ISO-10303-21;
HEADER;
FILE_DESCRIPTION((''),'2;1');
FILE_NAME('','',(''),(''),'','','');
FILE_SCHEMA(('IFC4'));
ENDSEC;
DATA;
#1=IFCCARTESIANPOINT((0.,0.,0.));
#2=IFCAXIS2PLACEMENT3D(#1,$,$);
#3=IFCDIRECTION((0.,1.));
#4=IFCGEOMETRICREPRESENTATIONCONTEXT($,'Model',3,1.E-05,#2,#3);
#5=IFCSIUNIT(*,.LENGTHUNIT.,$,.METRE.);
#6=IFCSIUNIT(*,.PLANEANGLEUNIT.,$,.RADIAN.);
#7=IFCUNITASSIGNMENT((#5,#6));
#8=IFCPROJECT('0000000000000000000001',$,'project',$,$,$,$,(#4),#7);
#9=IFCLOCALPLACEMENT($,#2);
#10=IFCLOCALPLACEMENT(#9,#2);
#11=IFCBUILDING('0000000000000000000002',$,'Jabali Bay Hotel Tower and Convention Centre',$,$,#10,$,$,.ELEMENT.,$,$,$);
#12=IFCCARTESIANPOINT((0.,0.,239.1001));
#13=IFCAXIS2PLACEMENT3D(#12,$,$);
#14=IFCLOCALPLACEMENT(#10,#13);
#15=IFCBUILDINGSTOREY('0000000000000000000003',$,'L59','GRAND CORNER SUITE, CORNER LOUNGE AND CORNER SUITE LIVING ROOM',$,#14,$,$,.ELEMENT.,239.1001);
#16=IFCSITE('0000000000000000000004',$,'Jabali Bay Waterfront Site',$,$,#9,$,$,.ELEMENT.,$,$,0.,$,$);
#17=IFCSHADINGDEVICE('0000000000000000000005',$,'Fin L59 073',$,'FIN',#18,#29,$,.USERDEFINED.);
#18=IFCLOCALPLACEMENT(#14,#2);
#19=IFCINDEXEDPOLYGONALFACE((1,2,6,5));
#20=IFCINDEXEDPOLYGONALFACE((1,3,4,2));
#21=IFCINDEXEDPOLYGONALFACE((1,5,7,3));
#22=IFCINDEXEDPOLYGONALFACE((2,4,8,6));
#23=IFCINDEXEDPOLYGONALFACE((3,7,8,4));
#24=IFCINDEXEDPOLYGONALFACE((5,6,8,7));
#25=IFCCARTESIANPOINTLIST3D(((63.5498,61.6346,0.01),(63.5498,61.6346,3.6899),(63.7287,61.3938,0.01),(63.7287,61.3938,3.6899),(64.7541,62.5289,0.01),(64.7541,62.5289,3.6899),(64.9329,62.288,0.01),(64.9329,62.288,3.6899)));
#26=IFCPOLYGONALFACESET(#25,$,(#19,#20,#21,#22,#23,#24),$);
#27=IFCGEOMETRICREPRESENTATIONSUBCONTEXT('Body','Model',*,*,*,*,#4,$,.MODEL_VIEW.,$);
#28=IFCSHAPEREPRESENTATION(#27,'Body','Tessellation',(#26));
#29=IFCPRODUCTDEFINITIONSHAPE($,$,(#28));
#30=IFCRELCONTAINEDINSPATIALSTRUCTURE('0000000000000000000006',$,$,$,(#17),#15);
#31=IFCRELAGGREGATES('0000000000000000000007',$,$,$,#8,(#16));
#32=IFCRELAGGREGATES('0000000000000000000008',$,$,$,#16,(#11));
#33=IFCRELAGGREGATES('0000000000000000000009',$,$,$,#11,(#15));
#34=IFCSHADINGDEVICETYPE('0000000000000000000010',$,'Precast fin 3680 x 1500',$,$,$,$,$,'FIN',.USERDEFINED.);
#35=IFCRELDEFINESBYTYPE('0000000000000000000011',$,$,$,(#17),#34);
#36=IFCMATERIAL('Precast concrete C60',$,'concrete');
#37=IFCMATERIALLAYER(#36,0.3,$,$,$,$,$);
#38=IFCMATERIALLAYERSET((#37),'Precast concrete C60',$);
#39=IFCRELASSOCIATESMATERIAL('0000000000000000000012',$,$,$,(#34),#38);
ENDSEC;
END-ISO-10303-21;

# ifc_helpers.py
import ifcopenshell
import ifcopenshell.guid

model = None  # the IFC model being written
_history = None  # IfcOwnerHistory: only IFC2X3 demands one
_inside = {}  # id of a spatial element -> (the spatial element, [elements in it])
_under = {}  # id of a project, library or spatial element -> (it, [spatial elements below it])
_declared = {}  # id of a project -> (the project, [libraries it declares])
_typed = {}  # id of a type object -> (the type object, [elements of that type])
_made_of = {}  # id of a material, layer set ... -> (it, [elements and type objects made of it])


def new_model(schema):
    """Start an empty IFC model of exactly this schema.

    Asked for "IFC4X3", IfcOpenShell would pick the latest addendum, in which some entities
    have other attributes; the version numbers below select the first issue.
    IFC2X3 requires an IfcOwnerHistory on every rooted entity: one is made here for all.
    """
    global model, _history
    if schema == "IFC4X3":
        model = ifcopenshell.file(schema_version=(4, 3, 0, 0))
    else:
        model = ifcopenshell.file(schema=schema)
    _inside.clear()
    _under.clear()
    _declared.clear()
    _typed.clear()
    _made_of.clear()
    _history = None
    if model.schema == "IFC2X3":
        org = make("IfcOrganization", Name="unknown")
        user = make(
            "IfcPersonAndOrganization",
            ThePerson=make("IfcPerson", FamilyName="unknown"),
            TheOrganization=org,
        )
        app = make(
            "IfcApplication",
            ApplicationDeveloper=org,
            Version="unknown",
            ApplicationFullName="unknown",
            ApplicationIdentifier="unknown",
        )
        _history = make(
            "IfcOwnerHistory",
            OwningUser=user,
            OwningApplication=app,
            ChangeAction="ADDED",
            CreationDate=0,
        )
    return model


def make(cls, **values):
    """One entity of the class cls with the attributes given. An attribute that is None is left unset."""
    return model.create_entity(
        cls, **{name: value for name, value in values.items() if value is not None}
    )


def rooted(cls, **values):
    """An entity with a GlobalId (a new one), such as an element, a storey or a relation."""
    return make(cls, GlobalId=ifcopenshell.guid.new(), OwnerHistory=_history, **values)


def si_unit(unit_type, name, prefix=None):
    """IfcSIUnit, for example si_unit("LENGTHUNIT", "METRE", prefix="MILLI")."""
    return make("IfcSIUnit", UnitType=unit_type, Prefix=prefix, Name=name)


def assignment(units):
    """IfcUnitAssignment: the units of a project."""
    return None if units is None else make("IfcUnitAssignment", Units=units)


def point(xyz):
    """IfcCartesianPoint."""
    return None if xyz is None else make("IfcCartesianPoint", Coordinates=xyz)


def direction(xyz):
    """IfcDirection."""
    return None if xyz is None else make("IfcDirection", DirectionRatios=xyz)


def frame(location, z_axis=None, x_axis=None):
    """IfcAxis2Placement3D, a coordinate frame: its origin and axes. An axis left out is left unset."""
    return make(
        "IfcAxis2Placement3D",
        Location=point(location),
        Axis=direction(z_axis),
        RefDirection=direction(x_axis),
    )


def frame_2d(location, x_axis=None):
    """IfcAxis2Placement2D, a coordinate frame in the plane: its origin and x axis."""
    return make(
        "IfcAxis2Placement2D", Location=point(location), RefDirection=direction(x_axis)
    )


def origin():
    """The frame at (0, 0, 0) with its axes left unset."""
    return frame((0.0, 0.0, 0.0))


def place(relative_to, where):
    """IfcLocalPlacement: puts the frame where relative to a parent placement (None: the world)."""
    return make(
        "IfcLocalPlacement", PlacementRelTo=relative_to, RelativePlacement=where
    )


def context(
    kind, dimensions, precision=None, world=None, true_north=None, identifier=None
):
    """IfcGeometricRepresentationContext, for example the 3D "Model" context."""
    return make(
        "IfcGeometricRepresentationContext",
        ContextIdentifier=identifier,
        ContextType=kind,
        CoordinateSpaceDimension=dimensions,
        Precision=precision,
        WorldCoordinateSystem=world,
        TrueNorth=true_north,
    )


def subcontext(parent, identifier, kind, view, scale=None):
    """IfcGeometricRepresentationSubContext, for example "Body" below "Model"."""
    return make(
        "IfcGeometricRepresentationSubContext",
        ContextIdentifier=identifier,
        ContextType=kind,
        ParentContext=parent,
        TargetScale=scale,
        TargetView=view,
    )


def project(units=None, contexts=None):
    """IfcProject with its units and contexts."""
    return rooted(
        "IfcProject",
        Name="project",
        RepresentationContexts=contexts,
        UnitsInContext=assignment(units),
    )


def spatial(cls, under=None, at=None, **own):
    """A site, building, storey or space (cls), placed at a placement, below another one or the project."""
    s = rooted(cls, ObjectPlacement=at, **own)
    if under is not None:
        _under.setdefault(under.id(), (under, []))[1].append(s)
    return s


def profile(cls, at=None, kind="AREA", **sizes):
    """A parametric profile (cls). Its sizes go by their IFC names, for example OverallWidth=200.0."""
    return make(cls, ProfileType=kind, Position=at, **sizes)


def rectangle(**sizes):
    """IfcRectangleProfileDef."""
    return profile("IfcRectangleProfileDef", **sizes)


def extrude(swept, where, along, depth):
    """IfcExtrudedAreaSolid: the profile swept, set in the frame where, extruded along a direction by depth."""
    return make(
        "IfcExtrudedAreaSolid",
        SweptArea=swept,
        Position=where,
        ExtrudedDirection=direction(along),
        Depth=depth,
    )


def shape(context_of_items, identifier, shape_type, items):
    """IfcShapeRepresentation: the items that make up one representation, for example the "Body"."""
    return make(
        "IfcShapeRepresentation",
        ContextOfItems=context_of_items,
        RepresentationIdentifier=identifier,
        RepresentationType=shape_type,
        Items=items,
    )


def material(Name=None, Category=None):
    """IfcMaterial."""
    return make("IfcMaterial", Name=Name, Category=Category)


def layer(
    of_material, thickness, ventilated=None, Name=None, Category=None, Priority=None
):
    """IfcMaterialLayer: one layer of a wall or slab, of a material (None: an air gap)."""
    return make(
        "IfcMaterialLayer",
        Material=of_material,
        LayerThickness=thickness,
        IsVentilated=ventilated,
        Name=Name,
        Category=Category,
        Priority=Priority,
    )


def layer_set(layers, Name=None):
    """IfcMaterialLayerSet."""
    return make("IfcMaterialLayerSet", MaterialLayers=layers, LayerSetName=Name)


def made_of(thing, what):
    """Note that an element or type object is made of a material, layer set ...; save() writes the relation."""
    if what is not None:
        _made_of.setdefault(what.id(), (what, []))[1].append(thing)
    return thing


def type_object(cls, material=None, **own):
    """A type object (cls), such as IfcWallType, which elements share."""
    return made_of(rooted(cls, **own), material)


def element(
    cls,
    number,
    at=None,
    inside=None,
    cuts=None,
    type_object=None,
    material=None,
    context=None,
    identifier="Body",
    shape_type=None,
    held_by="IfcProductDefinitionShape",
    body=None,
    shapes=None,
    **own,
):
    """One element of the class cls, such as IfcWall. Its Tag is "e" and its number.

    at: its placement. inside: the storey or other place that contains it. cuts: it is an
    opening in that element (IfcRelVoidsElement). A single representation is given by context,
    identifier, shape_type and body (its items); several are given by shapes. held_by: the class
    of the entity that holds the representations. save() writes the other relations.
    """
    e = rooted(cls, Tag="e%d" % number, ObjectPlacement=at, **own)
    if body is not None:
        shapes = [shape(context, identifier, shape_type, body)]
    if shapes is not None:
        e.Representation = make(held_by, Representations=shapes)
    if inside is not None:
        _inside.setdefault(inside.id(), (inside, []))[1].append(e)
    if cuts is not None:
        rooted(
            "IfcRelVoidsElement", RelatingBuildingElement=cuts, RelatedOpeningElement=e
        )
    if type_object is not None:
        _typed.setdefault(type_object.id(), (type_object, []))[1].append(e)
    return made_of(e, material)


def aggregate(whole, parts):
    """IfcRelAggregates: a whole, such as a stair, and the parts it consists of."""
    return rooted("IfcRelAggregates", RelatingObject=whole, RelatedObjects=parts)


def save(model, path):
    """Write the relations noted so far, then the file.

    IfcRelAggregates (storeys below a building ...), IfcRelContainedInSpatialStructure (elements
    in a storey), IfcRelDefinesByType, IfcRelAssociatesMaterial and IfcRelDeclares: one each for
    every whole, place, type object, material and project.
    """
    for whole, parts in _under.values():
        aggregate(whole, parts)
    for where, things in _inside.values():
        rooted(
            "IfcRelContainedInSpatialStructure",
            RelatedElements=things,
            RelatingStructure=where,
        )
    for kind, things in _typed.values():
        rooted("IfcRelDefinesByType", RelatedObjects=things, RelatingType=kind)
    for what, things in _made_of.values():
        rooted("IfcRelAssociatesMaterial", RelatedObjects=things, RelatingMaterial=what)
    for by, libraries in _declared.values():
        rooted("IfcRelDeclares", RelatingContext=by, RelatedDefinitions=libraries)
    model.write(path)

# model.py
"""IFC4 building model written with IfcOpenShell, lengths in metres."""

from ifc_helpers import new_model, si_unit, direction, frame, frame_2d, origin, place, context, subcontext, project, spatial, rectangle, extrude, material, layer, layer_set, type_object, element, save


model = new_model("IFC4")

# Units and contexts
model_context = context("Model", 3, precision=1e-05, world=origin(), true_north=direction((0.0, 1.0)))
body_context = subcontext(model_context, "Body", "Model", "MODEL_VIEW")
ifc_project = project(units=[si_unit("LENGTHUNIT", "METRE"), si_unit("PLANEANGLEUNIT", "RADIAN")], contexts=[model_context])

# Site, building, storey
site_placement = place(None, origin())
site = spatial("IfcSite", under=ifc_project, at=site_placement, Name="Jabali Bay Waterfront Site", CompositionType="ELEMENT", RefElevation=0.0)
building_placement = place(site_placement, origin())
building = spatial("IfcBuilding", under=site, at=building_placement, Name="Jabali Bay Hotel Tower and Convention Centre", CompositionType="ELEMENT")
storey_placement = place(building_placement, frame((0.0, 0.0, 239.1001)))
storey = spatial("IfcBuildingStorey", under=building, at=storey_placement, Name="L59", Description="GRAND CORNER SUITE, CORNER LOUNGE AND CORNER SUITE LIVING ROOM", CompositionType="ELEMENT", Elevation=239.1001)

# Shading device
ifc_material_1 = material(Name="Precast concrete C60", Category="concrete")
ifc_layer_1 = layer(ifc_material_1, 0.3)
ifc_layer_set_1 = layer_set([ifc_layer_1], Name="Precast concrete C60")
shading_device_type = type_object("IfcShadingDeviceType", Name="Precast fin 3680 x 1500", ElementType="FIN", PredefinedType="USERDEFINED", material=ifc_layer_set_1)
for number, where, z_axis, x_axis, name in (
    (1, (64.8435, 62.4084, 0.01), (0.0, 0.0, 1.0), (-0.802862, -0.596165, 0.0), "Fin L59 073"),
):
    element("IfcShadingDevice", number, at=place(storey_placement, frame(where, z_axis=z_axis, x_axis=x_axis)), inside=storey, type_object=shading_device_type, Name=name, ObjectType="FIN", PredefinedType="USERDEFINED", context=body_context, shape_type="SweptSolid", body=[
        extrude(rectangle(XDim=1.5, YDim=0.3, at=frame_2d((0.75, 0.0))), origin(), (0.0, 0.0, 1.0), 3.6799),
    ])

save(model, "model.ifc")
